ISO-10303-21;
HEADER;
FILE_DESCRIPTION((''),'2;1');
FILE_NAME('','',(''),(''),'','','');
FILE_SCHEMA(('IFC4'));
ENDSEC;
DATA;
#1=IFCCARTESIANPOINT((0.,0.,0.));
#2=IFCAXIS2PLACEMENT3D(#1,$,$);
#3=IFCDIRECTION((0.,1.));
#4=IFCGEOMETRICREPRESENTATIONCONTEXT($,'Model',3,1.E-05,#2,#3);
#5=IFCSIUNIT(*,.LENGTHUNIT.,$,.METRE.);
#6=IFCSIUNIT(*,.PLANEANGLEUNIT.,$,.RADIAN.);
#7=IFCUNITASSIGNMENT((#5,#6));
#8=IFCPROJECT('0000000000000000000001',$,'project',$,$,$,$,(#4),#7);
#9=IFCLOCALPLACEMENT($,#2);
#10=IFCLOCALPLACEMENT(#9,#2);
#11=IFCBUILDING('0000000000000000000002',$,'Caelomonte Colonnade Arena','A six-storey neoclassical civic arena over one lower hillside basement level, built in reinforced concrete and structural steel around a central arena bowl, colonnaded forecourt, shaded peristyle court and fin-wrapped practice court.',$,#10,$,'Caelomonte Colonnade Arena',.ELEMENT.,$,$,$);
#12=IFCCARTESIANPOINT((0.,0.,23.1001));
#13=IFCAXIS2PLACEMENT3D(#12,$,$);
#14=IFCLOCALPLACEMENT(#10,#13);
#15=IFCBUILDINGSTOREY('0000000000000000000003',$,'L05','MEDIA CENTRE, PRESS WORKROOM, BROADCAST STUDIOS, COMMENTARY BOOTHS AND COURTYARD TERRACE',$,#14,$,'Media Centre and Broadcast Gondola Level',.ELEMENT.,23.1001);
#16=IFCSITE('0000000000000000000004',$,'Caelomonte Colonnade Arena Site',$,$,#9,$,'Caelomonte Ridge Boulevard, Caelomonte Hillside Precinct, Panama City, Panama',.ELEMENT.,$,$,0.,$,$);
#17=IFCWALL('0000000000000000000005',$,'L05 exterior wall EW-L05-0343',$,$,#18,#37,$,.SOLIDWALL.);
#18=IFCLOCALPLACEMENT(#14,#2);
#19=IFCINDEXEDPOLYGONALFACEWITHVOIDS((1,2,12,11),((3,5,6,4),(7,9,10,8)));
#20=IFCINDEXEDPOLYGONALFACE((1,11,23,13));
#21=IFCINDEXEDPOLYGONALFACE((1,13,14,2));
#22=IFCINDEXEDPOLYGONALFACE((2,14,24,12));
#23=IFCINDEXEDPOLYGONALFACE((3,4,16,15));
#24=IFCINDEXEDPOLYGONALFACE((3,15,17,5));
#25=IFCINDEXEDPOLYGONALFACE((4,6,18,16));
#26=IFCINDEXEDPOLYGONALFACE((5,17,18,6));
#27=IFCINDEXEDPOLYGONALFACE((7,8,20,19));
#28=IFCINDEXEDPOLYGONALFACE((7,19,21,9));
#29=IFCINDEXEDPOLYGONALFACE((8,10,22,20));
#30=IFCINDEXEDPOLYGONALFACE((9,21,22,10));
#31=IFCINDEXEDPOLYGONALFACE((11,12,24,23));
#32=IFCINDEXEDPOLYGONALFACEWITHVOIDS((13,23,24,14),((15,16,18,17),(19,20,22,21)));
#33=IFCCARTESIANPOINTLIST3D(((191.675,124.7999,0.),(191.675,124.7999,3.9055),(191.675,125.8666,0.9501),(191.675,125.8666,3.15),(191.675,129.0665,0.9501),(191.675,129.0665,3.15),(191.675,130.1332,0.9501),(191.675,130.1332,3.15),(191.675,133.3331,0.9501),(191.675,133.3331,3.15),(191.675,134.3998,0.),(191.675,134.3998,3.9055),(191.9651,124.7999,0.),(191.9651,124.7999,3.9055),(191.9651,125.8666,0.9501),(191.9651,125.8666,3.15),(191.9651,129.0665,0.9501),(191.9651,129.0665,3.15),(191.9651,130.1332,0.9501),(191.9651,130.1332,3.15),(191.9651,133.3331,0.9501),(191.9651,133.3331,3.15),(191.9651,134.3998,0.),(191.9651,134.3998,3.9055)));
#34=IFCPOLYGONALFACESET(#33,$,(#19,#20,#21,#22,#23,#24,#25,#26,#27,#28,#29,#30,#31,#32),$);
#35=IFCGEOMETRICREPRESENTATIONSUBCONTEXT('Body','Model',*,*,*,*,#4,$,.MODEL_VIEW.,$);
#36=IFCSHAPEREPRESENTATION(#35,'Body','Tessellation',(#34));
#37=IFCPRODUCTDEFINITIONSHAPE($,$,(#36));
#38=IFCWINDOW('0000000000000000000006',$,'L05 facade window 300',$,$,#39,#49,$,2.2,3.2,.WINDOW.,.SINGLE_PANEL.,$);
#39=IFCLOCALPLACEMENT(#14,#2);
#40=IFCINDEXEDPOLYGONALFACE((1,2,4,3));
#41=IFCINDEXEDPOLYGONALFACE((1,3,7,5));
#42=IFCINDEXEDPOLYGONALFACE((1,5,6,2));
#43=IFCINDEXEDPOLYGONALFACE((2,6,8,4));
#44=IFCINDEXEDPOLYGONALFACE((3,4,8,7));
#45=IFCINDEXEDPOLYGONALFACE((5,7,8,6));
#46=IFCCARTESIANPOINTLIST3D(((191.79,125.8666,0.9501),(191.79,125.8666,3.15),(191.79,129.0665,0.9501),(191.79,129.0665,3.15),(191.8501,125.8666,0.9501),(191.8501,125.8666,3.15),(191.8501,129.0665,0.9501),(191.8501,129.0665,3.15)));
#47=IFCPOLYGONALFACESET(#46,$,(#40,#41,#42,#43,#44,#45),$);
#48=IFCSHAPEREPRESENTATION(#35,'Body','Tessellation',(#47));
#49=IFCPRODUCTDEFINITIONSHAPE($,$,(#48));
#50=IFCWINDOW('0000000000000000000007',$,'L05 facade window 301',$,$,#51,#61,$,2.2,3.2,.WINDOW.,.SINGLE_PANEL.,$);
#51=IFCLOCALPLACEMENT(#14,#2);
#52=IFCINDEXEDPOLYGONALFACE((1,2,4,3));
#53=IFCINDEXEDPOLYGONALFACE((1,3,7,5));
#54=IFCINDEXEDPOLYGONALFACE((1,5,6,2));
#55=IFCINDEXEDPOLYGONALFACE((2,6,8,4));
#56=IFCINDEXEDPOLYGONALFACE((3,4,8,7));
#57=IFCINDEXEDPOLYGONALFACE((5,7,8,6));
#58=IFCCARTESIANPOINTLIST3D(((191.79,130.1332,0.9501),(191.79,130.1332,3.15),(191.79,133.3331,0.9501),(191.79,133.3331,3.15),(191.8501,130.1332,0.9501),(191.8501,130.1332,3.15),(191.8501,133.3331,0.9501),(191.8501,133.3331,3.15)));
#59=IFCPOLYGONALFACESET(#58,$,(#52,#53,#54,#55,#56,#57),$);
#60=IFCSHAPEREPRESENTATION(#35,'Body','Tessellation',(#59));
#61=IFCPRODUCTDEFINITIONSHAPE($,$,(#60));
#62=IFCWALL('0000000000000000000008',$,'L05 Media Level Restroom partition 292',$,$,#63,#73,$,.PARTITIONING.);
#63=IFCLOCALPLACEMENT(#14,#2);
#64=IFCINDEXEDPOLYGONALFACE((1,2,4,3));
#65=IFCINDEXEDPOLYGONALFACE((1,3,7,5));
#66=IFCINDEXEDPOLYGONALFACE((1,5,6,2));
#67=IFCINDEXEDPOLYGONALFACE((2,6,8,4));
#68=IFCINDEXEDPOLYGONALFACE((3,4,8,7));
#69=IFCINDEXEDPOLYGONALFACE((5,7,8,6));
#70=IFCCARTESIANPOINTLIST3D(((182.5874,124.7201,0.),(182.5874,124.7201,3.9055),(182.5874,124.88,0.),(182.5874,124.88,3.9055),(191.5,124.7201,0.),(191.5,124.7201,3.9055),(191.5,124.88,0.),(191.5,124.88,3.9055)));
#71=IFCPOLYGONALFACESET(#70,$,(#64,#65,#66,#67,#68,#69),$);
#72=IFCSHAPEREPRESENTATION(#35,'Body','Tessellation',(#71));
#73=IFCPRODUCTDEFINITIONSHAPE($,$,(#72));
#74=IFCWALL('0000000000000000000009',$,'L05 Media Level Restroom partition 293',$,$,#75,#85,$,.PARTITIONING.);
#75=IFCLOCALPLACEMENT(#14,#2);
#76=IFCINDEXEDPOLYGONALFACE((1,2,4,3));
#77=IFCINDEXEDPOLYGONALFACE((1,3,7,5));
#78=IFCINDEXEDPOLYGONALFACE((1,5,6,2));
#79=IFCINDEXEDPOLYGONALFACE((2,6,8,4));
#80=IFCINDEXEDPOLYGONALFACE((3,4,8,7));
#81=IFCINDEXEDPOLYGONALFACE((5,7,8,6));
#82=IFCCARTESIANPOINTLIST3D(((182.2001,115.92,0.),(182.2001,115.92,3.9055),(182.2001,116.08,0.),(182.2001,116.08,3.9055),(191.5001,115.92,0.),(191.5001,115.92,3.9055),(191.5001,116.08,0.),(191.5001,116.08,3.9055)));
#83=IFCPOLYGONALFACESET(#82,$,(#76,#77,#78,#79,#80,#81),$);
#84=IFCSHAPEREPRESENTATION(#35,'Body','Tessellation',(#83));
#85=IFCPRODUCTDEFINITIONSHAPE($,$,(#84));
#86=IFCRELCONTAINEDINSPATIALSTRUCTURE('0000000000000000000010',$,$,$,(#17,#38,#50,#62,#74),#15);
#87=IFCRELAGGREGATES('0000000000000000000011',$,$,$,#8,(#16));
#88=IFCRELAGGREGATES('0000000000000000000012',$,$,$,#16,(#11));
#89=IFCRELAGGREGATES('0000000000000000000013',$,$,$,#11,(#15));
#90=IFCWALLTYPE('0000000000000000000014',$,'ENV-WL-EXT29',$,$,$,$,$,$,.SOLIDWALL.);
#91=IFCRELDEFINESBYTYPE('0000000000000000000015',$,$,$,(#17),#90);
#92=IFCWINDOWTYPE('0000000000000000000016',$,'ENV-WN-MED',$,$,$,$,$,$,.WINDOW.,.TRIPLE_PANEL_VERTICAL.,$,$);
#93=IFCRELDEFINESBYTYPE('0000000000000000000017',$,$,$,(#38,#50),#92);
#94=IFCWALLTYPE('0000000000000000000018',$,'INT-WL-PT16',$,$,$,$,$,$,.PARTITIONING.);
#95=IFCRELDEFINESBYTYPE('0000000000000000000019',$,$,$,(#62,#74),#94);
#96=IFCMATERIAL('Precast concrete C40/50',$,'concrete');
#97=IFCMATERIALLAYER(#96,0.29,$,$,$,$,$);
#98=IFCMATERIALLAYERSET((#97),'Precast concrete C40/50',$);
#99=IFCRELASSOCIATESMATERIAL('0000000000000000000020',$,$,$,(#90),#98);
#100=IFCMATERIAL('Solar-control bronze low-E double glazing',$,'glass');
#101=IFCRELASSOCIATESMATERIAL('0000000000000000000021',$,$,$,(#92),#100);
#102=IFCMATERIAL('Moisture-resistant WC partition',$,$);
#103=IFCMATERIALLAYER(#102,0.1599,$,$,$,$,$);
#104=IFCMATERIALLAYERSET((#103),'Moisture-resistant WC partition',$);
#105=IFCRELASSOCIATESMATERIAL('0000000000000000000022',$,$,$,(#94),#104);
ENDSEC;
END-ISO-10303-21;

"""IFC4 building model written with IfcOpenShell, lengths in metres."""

from ifc_helpers import new_model, si_unit, direction, frame, frame_2d, origin, place, context, subcontext, project, spatial, rectangle, extrude, material, layer, layer_set, type_object, element, fill, save


model = new_model("IFC4")

# Units and contexts
model_context = context("Model", 3, precision=1e-05, world=origin(), true_north=direction((0.0, 1.0)))
body_context = subcontext(model_context, "Body", "Model", "MODEL_VIEW")
ifc_project = project(units=[si_unit("LENGTHUNIT", "METRE"), si_unit("PLANEANGLEUNIT", "RADIAN")], contexts=[model_context])

# Site, building, storey
site_placement = place(None, origin())
site = spatial("IfcSite", under=ifc_project, at=site_placement, Name="Caelomonte Colonnade Arena Site", LongName="Caelomonte Ridge Boulevard, Caelomonte Hillside Precinct, Panama City, Panama", CompositionType="ELEMENT", RefElevation=0.0)
building_placement = place(site_placement, origin())
building = spatial("IfcBuilding", under=site, at=building_placement, Name="Caelomonte Colonnade Arena", Description="A six-storey neoclassical civic arena over one lower hillside basement level, built in reinforced concrete and structural steel around a central arena bowl, colonnaded forecourt, shaded peristyle court and fin-wrapped practice court.", LongName="Caelomonte Colonnade Arena", CompositionType="ELEMENT")
storey_placement = place(building_placement, frame((0.0, 0.0, 23.1001)))
storey = spatial("IfcBuildingStorey", under=building, at=storey_placement, Name="L05", Description="MEDIA CENTRE, PRESS WORKROOM, BROADCAST STUDIOS, COMMENTARY BOOTHS AND COURTYARD TERRACE", LongName="Media Centre and Broadcast Gondola Level", CompositionType="ELEMENT", Elevation=23.1001)

# Wall, openings, windows
ifc_material_1 = material(Name="Precast concrete C40/50", Category="concrete")
ifc_layer_1 = layer(ifc_material_1, 0.29)
ifc_layer_set_1 = layer_set([ifc_layer_1], Name="Precast concrete C40/50")
wall_type_1 = type_object("IfcWallType", Name="ENV-WL-EXT29", PredefinedType="SOLIDWALL", material=ifc_layer_set_1)
wall_1_placement = place(storey_placement, frame((191.8201, 124.8, 0.0), z_axis=(0.0, 0.0, 1.0), x_axis=(0.0, 1.0, 0.0)))
wall_1 = element("IfcWall", 1, at=wall_1_placement, inside=storey, type_object=wall_type_1, Name="L05 exterior wall EW-L05-0343", PredefinedType="SOLIDWALL", context=body_context, shape_type="SweptSolid", body=[
    extrude(rectangle(XDim=9.5999, YDim=0.29, at=frame_2d((4.7998, 0.0))), origin(), (0.0, 0.0, 1.0), 3.9055),
])
opening_1_placement = place(wall_1_placement, frame((4.2666, 0.0, 0.95), z_axis=(0.0, 0.0, 1.0), x_axis=(-1.0, 0.0, 0.0)))
opening_1 = element("IfcOpeningElement", 2, at=opening_1_placement, cuts=wall_1, PredefinedType="OPENING", context=body_context, shape_type="SweptSolid", body=[
    extrude(rectangle(XDim=3.2, YDim=2.2, at=frame_2d((1.6001, 1.1001))), frame((0.0, 0.155, 0.0), z_axis=(0.0, -1.0, 0.0), x_axis=(1.0, 0.0, 0.0)), (0.0, 0.0, 1.0), 0.3101),
])
opening_2_placement = place(wall_1_placement, frame((8.5332, 0.0, 0.95), z_axis=(0.0, 0.0, 1.0), x_axis=(-1.0, 0.0, 0.0)))
opening_2 = element("IfcOpeningElement", 3, at=opening_2_placement, cuts=wall_1, PredefinedType="OPENING", context=body_context, shape_type="SweptSolid", body=[
    extrude(rectangle(XDim=3.2, YDim=2.2, at=frame_2d((1.6001, 1.1001))), frame((0.0, 0.155, 0.0), z_axis=(0.0, -1.0, 0.0), x_axis=(1.0, 0.0, 0.0)), (0.0, 0.0, 1.0), 0.3101),
])
ifc_material_2 = material(Name="Solar-control bronze low-E double glazing", Category="glass")
window_type = type_object("IfcWindowType", Name="ENV-WN-MED", PartitioningType="TRIPLE_PANEL_VERTICAL", PredefinedType="WINDOW", material=ifc_material_2)
window_1_placement = place(opening_1_placement, origin())
window_1 = element("IfcWindow", 4, at=window_1_placement, inside=storey, type_object=window_type, Name="L05 facade window 300", OverallHeight=2.2, OverallWidth=3.2, PartitioningType="SINGLE_PANEL", PredefinedType="WINDOW", context=body_context, shape_type="SweptSolid", body=[
    extrude(rectangle(XDim=3.2, YDim=2.2, at=frame_2d((1.6001, 1.1001))), frame((0.0, 0.03, 0.0), z_axis=(0.0, -1.0, 0.0), x_axis=(1.0, 0.0, 0.0)), (0.0, 0.0, 1.0), 0.0601),
])
fill(opening_1, window_1)
window_2_placement = place(opening_2_placement, origin())
window_2 = element("IfcWindow", 5, at=window_2_placement, inside=storey, type_object=window_type, Name="L05 facade window 301", OverallHeight=2.2, OverallWidth=3.2, PartitioningType="SINGLE_PANEL", PredefinedType="WINDOW", context=body_context, shape_type="SweptSolid", body=[
    extrude(rectangle(XDim=3.2, YDim=2.2, at=frame_2d((1.6001, 1.1001))), frame((0.0, 0.03, 0.0), z_axis=(0.0, -1.0, 0.0), x_axis=(1.0, 0.0, 0.0)), (0.0, 0.0, 1.0), 0.0601),
])
fill(opening_2, window_2)

# Walls
ifc_material_3 = material(Name="Moisture-resistant WC partition")
ifc_layer_2 = layer(ifc_material_3, 0.1599)
ifc_layer_set_2 = layer_set([ifc_layer_2], Name="Moisture-resistant WC partition")
wall_type_2 = type_object("IfcWallType", Name="INT-WL-PT16", PredefinedType="PARTITIONING", material=ifc_layer_set_2)
wall_2_placement = place(storey_placement, frame((182.5874, 124.8, 0.0), z_axis=(0.0, 0.0, 1.0), x_axis=(1.0, 0.0, 0.0)))
element("IfcWall", 6, at=wall_2_placement, inside=storey, type_object=wall_type_2, Name="L05 Media Level Restroom partition 292", PredefinedType="PARTITIONING", context=body_context, shape_type="SweptSolid", body=[
    extrude(rectangle(XDim=8.9126, YDim=0.1599, at=frame_2d((4.4563, 0.0))), origin(), (0.0, 0.0, 1.0), 3.9055),
])
wall_3_placement = place(storey_placement, frame((191.5, 116.0, 0.0), z_axis=(0.0, 0.0, 1.0), x_axis=(-1.0, 0.0, 0.0)))
element("IfcWall", 7, at=wall_3_placement, inside=storey, type_object=wall_type_2, Name="L05 Media Level Restroom partition 293", PredefinedType="PARTITIONING", context=body_context, shape_type="SweptSolid", body=[
    extrude(rectangle(XDim=9.3, YDim=0.1599, at=frame_2d((4.6499, 0.0))), origin(), (0.0, 0.0, 1.0), 3.9055),
])

save(model, "model.ifc")
